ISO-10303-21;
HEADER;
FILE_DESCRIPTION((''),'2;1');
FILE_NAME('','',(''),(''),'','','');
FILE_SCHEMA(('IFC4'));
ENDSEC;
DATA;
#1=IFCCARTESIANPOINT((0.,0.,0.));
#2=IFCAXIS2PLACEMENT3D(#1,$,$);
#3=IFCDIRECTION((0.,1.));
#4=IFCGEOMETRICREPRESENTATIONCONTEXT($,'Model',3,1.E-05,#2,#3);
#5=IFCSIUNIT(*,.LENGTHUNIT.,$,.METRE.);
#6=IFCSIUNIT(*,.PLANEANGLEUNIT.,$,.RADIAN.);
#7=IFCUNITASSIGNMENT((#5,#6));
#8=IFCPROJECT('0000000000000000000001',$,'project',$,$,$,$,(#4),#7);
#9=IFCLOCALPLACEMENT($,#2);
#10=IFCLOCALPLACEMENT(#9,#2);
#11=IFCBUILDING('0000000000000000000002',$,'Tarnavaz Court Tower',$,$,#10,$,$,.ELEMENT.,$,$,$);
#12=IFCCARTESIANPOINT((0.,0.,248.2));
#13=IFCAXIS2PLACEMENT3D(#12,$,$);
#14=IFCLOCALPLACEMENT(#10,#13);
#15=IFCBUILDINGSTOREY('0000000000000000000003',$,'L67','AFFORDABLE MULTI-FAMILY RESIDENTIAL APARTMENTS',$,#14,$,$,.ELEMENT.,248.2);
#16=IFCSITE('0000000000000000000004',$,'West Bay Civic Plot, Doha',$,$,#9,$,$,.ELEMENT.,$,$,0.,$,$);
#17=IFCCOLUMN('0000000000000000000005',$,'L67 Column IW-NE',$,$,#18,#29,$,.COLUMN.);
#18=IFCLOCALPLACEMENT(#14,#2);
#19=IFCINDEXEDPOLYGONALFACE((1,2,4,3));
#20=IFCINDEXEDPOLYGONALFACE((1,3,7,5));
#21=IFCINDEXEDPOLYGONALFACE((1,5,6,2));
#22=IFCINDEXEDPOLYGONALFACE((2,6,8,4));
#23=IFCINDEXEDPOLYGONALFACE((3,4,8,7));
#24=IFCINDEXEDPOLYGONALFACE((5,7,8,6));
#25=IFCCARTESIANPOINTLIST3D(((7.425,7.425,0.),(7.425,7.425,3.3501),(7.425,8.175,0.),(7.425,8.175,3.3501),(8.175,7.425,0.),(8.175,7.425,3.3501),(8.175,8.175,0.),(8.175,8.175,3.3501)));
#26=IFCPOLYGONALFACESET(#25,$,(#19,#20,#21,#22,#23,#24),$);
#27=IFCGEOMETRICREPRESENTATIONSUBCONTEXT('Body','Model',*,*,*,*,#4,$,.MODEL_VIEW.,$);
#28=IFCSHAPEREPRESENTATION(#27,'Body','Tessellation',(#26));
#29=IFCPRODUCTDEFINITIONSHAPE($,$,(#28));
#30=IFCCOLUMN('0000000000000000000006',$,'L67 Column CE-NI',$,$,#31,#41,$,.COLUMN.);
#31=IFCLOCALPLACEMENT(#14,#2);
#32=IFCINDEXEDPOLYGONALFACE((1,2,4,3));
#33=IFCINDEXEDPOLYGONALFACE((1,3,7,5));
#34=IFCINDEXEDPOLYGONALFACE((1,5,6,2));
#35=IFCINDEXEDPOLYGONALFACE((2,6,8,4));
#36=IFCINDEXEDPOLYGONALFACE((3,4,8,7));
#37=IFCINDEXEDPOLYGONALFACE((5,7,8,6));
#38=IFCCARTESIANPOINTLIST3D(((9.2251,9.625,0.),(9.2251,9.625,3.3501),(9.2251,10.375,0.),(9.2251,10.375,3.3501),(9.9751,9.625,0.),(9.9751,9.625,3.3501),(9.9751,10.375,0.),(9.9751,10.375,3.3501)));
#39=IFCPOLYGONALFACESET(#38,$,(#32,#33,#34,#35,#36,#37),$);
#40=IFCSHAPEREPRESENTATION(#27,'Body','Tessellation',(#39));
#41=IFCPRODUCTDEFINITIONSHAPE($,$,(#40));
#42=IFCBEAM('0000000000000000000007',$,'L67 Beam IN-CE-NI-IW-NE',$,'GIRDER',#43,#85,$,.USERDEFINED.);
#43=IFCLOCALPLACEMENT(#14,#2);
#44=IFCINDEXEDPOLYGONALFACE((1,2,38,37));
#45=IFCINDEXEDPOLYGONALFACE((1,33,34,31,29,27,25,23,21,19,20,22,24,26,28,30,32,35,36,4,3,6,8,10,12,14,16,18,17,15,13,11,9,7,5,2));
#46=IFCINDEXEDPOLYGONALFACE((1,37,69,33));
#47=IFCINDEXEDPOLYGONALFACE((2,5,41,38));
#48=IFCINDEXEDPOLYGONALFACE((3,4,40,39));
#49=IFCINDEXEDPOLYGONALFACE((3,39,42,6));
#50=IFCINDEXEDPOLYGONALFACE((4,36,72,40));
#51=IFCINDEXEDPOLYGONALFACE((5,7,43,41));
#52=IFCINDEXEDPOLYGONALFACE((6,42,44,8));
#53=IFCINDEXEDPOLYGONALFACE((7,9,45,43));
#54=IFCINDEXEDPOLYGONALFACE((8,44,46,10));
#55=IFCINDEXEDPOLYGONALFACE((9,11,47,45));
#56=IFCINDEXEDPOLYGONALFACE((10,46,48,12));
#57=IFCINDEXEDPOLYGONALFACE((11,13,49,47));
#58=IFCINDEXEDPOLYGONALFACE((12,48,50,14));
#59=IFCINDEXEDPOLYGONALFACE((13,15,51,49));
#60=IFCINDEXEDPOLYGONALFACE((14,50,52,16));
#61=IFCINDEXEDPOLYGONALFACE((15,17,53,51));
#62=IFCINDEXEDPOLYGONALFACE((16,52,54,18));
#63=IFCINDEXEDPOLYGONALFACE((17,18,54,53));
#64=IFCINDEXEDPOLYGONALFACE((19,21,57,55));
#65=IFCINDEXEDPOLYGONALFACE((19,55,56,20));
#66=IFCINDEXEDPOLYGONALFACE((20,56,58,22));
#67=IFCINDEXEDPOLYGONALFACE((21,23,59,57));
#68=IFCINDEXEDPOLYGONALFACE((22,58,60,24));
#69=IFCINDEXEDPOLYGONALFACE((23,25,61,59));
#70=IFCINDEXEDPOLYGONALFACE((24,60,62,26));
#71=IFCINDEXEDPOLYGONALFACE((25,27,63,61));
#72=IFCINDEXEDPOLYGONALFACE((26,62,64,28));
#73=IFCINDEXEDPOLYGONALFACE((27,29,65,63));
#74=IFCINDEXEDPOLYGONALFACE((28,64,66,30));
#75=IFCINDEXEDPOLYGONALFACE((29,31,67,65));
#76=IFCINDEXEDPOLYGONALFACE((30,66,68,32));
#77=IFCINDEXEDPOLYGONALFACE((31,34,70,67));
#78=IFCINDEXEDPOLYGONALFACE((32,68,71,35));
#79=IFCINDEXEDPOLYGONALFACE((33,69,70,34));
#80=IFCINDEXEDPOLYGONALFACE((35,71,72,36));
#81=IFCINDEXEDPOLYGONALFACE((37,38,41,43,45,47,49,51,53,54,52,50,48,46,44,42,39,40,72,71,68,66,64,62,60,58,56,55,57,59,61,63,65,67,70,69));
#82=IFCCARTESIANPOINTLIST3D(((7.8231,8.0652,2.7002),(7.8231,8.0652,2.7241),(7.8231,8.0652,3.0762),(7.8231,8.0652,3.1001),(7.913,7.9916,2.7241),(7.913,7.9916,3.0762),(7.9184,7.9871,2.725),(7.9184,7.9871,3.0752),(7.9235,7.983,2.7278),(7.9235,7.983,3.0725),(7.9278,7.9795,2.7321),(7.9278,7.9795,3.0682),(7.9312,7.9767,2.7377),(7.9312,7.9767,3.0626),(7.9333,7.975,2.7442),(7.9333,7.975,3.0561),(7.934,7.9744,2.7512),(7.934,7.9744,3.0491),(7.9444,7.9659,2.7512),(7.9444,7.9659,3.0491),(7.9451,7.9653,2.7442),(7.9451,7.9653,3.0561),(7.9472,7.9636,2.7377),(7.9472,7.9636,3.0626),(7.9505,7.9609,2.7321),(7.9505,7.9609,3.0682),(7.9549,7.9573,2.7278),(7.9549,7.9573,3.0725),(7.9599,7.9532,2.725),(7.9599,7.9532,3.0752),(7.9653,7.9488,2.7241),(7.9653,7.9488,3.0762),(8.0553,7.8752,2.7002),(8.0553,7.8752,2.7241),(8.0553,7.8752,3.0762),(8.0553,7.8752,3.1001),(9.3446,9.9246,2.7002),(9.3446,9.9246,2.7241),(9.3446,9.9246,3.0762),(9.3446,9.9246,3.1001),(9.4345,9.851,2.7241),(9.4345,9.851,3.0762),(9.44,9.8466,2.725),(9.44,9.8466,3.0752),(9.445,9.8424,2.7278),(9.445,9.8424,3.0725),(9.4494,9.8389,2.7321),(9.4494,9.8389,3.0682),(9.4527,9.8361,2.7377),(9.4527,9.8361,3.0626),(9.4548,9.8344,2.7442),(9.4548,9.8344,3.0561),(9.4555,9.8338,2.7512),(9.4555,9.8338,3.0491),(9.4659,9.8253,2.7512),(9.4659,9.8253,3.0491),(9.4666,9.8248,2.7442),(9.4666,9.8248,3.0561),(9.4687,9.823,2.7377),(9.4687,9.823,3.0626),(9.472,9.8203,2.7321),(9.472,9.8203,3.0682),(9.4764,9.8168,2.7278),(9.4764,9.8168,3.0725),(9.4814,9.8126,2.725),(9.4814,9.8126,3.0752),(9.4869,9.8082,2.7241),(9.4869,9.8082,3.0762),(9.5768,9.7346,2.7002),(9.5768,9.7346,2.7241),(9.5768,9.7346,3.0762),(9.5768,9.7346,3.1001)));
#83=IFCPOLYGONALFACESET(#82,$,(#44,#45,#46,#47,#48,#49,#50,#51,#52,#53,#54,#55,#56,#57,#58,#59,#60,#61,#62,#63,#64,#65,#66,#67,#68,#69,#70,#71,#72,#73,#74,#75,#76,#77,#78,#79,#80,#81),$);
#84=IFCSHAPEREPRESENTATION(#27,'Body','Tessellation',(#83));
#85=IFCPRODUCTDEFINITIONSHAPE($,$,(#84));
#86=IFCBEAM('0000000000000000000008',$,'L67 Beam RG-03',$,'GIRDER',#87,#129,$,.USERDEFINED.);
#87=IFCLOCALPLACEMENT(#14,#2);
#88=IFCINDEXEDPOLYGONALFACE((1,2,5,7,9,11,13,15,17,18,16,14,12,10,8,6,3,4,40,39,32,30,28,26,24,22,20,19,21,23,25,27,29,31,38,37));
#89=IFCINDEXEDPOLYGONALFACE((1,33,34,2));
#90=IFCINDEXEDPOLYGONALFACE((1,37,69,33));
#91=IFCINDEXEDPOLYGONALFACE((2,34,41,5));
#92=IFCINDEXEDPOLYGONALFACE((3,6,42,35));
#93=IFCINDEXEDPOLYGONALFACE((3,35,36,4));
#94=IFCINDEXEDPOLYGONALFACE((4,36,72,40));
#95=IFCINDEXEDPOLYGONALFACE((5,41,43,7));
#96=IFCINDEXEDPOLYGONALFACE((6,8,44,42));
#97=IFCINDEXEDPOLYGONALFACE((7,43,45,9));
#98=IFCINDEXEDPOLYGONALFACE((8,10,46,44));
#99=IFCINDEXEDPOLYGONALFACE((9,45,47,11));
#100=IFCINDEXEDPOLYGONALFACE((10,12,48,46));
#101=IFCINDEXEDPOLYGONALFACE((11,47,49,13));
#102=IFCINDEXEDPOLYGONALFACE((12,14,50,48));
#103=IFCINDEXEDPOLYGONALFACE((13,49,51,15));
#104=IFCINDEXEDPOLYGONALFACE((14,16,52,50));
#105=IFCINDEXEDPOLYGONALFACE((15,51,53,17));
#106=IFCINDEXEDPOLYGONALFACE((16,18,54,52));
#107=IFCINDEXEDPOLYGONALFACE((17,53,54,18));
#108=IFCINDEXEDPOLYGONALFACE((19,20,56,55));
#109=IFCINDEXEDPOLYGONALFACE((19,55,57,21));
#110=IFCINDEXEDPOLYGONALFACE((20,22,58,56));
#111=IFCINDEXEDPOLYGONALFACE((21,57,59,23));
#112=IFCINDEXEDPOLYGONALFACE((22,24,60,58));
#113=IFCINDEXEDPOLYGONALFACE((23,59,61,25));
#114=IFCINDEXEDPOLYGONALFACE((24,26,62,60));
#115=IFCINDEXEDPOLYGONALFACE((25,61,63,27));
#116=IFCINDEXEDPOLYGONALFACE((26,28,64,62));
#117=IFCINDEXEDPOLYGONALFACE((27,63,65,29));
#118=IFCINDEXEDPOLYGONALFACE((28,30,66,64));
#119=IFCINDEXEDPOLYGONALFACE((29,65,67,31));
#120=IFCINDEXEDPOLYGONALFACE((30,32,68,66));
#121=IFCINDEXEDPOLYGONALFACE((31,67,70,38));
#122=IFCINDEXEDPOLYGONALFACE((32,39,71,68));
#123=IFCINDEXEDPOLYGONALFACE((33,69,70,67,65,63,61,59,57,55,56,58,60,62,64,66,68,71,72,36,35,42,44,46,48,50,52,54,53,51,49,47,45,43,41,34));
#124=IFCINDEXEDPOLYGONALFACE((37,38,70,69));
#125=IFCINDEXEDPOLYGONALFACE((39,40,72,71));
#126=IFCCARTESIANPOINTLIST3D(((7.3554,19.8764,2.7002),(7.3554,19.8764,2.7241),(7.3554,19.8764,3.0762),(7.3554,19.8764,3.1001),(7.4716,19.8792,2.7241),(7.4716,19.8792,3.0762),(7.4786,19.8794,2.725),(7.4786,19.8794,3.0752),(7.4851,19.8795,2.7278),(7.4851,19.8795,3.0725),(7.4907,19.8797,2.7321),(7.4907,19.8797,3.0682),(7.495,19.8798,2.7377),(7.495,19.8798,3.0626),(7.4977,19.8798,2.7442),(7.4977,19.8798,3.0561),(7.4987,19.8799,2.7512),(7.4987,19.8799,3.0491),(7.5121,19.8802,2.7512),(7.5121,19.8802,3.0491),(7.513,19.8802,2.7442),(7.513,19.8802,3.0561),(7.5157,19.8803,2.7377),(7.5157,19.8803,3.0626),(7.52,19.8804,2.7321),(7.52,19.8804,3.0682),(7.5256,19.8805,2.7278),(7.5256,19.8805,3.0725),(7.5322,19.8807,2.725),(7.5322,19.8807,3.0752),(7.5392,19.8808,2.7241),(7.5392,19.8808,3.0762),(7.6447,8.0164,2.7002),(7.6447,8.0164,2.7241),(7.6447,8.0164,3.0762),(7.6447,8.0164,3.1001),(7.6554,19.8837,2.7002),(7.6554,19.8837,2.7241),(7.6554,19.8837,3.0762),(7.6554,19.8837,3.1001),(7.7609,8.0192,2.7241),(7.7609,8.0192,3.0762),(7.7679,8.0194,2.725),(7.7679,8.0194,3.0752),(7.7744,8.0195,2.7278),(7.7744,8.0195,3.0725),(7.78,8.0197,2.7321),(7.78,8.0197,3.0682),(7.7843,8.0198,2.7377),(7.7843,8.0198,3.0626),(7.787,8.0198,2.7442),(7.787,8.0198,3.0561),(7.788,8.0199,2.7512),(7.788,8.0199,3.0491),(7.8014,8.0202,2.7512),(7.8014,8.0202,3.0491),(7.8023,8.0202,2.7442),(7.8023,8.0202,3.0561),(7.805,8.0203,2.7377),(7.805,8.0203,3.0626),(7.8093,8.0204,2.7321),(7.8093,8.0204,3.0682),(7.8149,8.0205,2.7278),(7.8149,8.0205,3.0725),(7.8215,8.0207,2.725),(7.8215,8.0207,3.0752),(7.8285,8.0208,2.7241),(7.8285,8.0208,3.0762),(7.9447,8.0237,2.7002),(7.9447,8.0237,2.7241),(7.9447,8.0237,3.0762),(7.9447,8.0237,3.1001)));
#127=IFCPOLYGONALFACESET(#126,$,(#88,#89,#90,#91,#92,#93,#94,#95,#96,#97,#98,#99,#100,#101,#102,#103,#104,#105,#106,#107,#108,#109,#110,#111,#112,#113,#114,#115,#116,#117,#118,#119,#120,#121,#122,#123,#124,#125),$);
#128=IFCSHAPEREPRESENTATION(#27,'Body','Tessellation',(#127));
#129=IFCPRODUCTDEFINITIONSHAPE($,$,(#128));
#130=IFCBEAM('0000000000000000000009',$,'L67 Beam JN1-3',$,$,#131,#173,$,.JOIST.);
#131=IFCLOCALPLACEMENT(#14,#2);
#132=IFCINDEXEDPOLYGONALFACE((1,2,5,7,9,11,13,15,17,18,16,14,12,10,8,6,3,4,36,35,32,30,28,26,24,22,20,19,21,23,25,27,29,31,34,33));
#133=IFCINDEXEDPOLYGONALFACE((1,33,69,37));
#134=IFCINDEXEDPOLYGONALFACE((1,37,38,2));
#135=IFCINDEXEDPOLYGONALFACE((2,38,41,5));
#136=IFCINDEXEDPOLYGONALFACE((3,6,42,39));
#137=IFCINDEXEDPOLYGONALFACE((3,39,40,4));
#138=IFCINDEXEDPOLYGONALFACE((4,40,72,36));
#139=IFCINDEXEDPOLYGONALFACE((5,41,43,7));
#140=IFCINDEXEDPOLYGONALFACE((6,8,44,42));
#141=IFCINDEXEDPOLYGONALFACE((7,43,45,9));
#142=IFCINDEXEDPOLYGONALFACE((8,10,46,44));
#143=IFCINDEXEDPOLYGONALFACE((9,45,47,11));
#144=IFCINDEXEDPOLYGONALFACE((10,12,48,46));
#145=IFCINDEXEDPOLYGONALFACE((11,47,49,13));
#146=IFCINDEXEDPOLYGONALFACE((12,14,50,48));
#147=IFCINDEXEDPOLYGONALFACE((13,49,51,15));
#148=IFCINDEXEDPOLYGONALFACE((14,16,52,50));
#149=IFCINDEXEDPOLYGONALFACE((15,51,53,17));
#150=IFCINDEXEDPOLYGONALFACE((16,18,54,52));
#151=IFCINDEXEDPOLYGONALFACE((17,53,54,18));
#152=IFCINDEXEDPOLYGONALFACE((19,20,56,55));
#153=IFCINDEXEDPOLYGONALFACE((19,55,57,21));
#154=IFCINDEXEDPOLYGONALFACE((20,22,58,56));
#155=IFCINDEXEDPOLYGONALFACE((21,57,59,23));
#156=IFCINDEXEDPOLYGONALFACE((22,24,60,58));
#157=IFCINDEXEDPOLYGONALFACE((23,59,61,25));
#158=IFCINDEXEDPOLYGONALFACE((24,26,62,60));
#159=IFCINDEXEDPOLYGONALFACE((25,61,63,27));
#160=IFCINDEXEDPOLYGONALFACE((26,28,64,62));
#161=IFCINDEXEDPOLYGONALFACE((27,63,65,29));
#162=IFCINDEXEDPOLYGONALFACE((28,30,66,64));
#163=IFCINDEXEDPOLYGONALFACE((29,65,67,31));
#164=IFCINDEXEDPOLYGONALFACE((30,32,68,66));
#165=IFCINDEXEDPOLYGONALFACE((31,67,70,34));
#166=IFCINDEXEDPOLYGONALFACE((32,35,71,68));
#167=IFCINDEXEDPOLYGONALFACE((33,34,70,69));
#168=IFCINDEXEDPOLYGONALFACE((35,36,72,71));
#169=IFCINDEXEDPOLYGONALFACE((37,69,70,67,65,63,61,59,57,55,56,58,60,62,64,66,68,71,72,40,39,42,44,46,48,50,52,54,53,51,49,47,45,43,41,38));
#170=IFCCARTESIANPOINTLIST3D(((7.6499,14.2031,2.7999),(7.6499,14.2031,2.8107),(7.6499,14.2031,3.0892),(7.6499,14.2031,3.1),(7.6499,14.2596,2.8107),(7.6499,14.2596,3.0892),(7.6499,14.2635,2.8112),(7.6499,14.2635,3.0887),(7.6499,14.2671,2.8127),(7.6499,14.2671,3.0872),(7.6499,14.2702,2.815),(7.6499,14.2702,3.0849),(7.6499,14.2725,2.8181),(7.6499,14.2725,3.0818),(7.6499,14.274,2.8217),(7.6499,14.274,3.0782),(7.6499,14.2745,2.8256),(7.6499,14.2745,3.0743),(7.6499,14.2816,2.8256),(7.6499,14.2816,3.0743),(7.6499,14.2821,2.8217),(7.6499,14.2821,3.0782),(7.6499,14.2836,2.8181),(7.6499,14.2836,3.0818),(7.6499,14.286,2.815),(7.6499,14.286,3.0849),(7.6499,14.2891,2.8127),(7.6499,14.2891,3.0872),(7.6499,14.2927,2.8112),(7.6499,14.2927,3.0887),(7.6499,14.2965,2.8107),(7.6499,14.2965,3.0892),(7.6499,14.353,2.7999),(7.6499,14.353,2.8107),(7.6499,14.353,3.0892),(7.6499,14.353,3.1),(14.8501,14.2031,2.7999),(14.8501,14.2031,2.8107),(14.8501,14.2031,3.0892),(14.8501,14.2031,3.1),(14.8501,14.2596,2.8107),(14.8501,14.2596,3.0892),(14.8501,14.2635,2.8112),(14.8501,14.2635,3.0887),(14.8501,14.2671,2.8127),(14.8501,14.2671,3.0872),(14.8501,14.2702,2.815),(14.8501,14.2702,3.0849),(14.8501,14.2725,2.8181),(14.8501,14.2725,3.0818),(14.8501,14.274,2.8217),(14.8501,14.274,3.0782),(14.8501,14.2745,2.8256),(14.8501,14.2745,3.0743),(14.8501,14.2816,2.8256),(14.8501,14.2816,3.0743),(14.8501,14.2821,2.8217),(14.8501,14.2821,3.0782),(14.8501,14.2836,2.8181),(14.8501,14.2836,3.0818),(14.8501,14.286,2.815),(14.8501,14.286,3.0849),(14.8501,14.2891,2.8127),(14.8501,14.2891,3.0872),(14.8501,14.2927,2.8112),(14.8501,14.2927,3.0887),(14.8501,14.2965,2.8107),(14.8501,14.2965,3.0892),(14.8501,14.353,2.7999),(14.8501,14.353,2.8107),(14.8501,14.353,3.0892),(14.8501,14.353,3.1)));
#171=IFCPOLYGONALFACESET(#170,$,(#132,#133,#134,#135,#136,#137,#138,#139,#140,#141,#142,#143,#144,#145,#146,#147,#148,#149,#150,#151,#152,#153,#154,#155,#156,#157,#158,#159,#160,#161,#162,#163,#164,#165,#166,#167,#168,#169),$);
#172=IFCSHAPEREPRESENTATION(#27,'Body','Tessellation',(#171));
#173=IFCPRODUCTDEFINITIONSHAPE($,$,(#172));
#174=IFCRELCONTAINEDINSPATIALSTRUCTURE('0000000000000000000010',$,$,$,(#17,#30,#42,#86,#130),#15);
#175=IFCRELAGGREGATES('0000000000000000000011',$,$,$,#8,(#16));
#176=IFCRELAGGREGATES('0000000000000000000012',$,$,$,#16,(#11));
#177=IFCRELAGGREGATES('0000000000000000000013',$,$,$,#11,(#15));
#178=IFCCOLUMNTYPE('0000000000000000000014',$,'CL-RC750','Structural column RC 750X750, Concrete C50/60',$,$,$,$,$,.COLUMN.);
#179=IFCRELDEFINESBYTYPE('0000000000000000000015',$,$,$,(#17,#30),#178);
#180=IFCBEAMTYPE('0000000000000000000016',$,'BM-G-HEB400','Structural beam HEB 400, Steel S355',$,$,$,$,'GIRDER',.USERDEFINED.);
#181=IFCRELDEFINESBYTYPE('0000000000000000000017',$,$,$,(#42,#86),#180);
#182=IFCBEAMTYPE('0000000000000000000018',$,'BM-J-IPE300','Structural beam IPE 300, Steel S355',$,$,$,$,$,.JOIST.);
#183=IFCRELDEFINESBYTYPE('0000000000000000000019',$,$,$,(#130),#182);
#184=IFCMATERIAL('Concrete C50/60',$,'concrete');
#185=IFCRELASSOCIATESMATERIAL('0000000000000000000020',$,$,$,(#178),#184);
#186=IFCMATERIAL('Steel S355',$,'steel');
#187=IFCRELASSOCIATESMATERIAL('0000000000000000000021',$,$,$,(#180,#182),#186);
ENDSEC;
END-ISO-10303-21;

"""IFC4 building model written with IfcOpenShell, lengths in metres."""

from ifc_helpers import new_model, si_unit, direction, frame, origin, origin_2d, place, context, subcontext, project, spatial, rectangle, i_section, extrude, material, material_profile, profile_set, type_object, element, save


model = new_model("IFC4")

# Units and contexts
model_context = context("Model", 3, precision=1e-05, world=origin(), true_north=direction((0.0, 1.0)))
body_context = subcontext(model_context, "Body", "Model", "MODEL_VIEW")
ifc_project = project(units=[si_unit("LENGTHUNIT", "METRE"), si_unit("PLANEANGLEUNIT", "RADIAN")], contexts=[model_context])

# Site, building, storey
site_placement = place(None, origin())
site = spatial("IfcSite", under=ifc_project, at=site_placement, Name="West Bay Civic Plot, Doha", CompositionType="ELEMENT", RefElevation=0.0)
building_placement = place(site_placement, origin())
building = spatial("IfcBuilding", under=site, at=building_placement, Name="Tarnavaz Court Tower", CompositionType="ELEMENT")
storey_placement = place(building_placement, frame((0.0, 0.0, 248.2)))
storey = spatial("IfcBuildingStorey", under=building, at=storey_placement, Name="L67", Description="AFFORDABLE MULTI-FAMILY RESIDENTIAL APARTMENTS", CompositionType="ELEMENT", Elevation=248.2)

# Columns
ifc_material_1 = material(Name="Concrete C50/60", Category="concrete")
ifc_material_profile_1 = material_profile(ifc_material_1, rectangle(XDim=0.75, YDim=0.75, at=origin_2d()), Name="RC 750X750")
ifc_profile_set_1 = profile_set([ifc_material_profile_1], Name="Concrete C50/60")
column_type = type_object("IfcColumnType", Name="CL-RC750", Description="Structural column RC 750X750, Concrete C50/60", PredefinedType="COLUMN", material=ifc_profile_set_1)
for number, where, z_axis, x_axis, name in (
    (1, (7.8, 7.8, 0.0), (0.0, 0.0, 1.0), (1.0, 0.0, 0.0), "L67 Column IW-NE"),
    (2, (9.6001, 10.0, 0.0), (0.0, 0.0, 1.0), (1.0, 0.0, 0.0), "L67 Column CE-NI"),
):
    element("IfcColumn", number, at=place(storey_placement, frame(where, z_axis=z_axis, x_axis=x_axis)), inside=storey, type_object=column_type, Name=name, PredefinedType="COLUMN", context=body_context, shape_type="SweptSolid", body=[
        extrude(rectangle(XDim=0.75, YDim=0.75, at=origin_2d()), origin(), (0.0, 0.0, 1.0), 3.3501),
    ])

# Beams
ifc_material_2 = material(Name="Steel S355", Category="steel")
ifc_material_profile_2 = material_profile(ifc_material_2, i_section(OverallWidth=0.3, OverallDepth=0.3999, WebThickness=0.0134, FlangeThickness=0.0239, FilletRadius=0.0271, at=origin_2d()), Name="HEB 400")
ifc_profile_set_2 = profile_set([ifc_material_profile_2], Name="Steel S355")
beam_type_1 = type_object("IfcBeamType", Name="BM-G-HEB400", Description="Structural beam HEB 400, Steel S355", ElementType="GIRDER", PredefinedType="USERDEFINED", material=ifc_profile_set_2)
beam_1_placement = place(storey_placement, frame((9.4607, 9.8296, 2.9001), z_axis=(-0.633282, -0.773921, 0.0), x_axis=(0.773921, -0.633282, 0.0)))
element("IfcBeam", 3, at=beam_1_placement, inside=storey, type_object=beam_type_1, Name="L67 Beam IN-CE-NI-IW-NE", ObjectType="GIRDER", PredefinedType="USERDEFINED", context=body_context, shape_type="SweptSolid", body=[
    extrude(i_section(OverallWidth=0.3, OverallDepth=0.3999, WebThickness=0.0134, FlangeThickness=0.0239, FilletRadius=0.0271, at=origin_2d()), origin(), (0.0, 0.0, 1.0), 2.4026),
])
beam_2_placement = place(storey_placement, frame((7.7947, 8.02, 2.9001), z_axis=(-0.024386, 0.999703, 0.0), x_axis=(-0.999703, -0.024386, 0.0)))
element("IfcBeam", 4, at=beam_2_placement, inside=storey, type_object=beam_type_1, Name="L67 Beam RG-03", ObjectType="GIRDER", PredefinedType="USERDEFINED", context=body_context, shape_type="SweptSolid", body=[
    extrude(i_section(OverallWidth=0.3, OverallDepth=0.3999, WebThickness=0.0134, FlangeThickness=0.0239, FilletRadius=0.0271, at=origin_2d()), origin(), (0.0, 0.0, 1.0), 11.8635),
])
ifc_material_profile_3 = material_profile(ifc_material_2, i_section(OverallWidth=0.1499, OverallDepth=0.3, WebThickness=0.0071, FlangeThickness=0.0107, FilletRadius=0.0149, at=origin_2d()), Name="IPE 300")
ifc_profile_set_3 = profile_set([ifc_material_profile_3], Name="Steel S355")
beam_type_2 = type_object("IfcBeamType", Name="BM-J-IPE300", Description="Structural beam IPE 300, Steel S355", PredefinedType="JOIST", material=ifc_profile_set_3)
for number, where, z_axis, x_axis, name in (
    (5, (7.6499, 14.2781, 2.95), (1.0, 0.0, 0.0), (0.0, 1.0, 0.0), "L67 Beam JN1-3"),
):
    element("IfcBeam", number, at=place(storey_placement, frame(where, z_axis=z_axis, x_axis=x_axis)), inside=storey, type_object=beam_type_2, Name=name, PredefinedType="JOIST", context=body_context, shape_type="SweptSolid", body=[
        extrude(i_section(OverallWidth=0.1499, OverallDepth=0.3, WebThickness=0.0071, FlangeThickness=0.0107, FilletRadius=0.0149, at=origin_2d()), origin(), (0.0, 0.0, 1.0), 7.2002),
    ])

save(model, "model.ifc")
